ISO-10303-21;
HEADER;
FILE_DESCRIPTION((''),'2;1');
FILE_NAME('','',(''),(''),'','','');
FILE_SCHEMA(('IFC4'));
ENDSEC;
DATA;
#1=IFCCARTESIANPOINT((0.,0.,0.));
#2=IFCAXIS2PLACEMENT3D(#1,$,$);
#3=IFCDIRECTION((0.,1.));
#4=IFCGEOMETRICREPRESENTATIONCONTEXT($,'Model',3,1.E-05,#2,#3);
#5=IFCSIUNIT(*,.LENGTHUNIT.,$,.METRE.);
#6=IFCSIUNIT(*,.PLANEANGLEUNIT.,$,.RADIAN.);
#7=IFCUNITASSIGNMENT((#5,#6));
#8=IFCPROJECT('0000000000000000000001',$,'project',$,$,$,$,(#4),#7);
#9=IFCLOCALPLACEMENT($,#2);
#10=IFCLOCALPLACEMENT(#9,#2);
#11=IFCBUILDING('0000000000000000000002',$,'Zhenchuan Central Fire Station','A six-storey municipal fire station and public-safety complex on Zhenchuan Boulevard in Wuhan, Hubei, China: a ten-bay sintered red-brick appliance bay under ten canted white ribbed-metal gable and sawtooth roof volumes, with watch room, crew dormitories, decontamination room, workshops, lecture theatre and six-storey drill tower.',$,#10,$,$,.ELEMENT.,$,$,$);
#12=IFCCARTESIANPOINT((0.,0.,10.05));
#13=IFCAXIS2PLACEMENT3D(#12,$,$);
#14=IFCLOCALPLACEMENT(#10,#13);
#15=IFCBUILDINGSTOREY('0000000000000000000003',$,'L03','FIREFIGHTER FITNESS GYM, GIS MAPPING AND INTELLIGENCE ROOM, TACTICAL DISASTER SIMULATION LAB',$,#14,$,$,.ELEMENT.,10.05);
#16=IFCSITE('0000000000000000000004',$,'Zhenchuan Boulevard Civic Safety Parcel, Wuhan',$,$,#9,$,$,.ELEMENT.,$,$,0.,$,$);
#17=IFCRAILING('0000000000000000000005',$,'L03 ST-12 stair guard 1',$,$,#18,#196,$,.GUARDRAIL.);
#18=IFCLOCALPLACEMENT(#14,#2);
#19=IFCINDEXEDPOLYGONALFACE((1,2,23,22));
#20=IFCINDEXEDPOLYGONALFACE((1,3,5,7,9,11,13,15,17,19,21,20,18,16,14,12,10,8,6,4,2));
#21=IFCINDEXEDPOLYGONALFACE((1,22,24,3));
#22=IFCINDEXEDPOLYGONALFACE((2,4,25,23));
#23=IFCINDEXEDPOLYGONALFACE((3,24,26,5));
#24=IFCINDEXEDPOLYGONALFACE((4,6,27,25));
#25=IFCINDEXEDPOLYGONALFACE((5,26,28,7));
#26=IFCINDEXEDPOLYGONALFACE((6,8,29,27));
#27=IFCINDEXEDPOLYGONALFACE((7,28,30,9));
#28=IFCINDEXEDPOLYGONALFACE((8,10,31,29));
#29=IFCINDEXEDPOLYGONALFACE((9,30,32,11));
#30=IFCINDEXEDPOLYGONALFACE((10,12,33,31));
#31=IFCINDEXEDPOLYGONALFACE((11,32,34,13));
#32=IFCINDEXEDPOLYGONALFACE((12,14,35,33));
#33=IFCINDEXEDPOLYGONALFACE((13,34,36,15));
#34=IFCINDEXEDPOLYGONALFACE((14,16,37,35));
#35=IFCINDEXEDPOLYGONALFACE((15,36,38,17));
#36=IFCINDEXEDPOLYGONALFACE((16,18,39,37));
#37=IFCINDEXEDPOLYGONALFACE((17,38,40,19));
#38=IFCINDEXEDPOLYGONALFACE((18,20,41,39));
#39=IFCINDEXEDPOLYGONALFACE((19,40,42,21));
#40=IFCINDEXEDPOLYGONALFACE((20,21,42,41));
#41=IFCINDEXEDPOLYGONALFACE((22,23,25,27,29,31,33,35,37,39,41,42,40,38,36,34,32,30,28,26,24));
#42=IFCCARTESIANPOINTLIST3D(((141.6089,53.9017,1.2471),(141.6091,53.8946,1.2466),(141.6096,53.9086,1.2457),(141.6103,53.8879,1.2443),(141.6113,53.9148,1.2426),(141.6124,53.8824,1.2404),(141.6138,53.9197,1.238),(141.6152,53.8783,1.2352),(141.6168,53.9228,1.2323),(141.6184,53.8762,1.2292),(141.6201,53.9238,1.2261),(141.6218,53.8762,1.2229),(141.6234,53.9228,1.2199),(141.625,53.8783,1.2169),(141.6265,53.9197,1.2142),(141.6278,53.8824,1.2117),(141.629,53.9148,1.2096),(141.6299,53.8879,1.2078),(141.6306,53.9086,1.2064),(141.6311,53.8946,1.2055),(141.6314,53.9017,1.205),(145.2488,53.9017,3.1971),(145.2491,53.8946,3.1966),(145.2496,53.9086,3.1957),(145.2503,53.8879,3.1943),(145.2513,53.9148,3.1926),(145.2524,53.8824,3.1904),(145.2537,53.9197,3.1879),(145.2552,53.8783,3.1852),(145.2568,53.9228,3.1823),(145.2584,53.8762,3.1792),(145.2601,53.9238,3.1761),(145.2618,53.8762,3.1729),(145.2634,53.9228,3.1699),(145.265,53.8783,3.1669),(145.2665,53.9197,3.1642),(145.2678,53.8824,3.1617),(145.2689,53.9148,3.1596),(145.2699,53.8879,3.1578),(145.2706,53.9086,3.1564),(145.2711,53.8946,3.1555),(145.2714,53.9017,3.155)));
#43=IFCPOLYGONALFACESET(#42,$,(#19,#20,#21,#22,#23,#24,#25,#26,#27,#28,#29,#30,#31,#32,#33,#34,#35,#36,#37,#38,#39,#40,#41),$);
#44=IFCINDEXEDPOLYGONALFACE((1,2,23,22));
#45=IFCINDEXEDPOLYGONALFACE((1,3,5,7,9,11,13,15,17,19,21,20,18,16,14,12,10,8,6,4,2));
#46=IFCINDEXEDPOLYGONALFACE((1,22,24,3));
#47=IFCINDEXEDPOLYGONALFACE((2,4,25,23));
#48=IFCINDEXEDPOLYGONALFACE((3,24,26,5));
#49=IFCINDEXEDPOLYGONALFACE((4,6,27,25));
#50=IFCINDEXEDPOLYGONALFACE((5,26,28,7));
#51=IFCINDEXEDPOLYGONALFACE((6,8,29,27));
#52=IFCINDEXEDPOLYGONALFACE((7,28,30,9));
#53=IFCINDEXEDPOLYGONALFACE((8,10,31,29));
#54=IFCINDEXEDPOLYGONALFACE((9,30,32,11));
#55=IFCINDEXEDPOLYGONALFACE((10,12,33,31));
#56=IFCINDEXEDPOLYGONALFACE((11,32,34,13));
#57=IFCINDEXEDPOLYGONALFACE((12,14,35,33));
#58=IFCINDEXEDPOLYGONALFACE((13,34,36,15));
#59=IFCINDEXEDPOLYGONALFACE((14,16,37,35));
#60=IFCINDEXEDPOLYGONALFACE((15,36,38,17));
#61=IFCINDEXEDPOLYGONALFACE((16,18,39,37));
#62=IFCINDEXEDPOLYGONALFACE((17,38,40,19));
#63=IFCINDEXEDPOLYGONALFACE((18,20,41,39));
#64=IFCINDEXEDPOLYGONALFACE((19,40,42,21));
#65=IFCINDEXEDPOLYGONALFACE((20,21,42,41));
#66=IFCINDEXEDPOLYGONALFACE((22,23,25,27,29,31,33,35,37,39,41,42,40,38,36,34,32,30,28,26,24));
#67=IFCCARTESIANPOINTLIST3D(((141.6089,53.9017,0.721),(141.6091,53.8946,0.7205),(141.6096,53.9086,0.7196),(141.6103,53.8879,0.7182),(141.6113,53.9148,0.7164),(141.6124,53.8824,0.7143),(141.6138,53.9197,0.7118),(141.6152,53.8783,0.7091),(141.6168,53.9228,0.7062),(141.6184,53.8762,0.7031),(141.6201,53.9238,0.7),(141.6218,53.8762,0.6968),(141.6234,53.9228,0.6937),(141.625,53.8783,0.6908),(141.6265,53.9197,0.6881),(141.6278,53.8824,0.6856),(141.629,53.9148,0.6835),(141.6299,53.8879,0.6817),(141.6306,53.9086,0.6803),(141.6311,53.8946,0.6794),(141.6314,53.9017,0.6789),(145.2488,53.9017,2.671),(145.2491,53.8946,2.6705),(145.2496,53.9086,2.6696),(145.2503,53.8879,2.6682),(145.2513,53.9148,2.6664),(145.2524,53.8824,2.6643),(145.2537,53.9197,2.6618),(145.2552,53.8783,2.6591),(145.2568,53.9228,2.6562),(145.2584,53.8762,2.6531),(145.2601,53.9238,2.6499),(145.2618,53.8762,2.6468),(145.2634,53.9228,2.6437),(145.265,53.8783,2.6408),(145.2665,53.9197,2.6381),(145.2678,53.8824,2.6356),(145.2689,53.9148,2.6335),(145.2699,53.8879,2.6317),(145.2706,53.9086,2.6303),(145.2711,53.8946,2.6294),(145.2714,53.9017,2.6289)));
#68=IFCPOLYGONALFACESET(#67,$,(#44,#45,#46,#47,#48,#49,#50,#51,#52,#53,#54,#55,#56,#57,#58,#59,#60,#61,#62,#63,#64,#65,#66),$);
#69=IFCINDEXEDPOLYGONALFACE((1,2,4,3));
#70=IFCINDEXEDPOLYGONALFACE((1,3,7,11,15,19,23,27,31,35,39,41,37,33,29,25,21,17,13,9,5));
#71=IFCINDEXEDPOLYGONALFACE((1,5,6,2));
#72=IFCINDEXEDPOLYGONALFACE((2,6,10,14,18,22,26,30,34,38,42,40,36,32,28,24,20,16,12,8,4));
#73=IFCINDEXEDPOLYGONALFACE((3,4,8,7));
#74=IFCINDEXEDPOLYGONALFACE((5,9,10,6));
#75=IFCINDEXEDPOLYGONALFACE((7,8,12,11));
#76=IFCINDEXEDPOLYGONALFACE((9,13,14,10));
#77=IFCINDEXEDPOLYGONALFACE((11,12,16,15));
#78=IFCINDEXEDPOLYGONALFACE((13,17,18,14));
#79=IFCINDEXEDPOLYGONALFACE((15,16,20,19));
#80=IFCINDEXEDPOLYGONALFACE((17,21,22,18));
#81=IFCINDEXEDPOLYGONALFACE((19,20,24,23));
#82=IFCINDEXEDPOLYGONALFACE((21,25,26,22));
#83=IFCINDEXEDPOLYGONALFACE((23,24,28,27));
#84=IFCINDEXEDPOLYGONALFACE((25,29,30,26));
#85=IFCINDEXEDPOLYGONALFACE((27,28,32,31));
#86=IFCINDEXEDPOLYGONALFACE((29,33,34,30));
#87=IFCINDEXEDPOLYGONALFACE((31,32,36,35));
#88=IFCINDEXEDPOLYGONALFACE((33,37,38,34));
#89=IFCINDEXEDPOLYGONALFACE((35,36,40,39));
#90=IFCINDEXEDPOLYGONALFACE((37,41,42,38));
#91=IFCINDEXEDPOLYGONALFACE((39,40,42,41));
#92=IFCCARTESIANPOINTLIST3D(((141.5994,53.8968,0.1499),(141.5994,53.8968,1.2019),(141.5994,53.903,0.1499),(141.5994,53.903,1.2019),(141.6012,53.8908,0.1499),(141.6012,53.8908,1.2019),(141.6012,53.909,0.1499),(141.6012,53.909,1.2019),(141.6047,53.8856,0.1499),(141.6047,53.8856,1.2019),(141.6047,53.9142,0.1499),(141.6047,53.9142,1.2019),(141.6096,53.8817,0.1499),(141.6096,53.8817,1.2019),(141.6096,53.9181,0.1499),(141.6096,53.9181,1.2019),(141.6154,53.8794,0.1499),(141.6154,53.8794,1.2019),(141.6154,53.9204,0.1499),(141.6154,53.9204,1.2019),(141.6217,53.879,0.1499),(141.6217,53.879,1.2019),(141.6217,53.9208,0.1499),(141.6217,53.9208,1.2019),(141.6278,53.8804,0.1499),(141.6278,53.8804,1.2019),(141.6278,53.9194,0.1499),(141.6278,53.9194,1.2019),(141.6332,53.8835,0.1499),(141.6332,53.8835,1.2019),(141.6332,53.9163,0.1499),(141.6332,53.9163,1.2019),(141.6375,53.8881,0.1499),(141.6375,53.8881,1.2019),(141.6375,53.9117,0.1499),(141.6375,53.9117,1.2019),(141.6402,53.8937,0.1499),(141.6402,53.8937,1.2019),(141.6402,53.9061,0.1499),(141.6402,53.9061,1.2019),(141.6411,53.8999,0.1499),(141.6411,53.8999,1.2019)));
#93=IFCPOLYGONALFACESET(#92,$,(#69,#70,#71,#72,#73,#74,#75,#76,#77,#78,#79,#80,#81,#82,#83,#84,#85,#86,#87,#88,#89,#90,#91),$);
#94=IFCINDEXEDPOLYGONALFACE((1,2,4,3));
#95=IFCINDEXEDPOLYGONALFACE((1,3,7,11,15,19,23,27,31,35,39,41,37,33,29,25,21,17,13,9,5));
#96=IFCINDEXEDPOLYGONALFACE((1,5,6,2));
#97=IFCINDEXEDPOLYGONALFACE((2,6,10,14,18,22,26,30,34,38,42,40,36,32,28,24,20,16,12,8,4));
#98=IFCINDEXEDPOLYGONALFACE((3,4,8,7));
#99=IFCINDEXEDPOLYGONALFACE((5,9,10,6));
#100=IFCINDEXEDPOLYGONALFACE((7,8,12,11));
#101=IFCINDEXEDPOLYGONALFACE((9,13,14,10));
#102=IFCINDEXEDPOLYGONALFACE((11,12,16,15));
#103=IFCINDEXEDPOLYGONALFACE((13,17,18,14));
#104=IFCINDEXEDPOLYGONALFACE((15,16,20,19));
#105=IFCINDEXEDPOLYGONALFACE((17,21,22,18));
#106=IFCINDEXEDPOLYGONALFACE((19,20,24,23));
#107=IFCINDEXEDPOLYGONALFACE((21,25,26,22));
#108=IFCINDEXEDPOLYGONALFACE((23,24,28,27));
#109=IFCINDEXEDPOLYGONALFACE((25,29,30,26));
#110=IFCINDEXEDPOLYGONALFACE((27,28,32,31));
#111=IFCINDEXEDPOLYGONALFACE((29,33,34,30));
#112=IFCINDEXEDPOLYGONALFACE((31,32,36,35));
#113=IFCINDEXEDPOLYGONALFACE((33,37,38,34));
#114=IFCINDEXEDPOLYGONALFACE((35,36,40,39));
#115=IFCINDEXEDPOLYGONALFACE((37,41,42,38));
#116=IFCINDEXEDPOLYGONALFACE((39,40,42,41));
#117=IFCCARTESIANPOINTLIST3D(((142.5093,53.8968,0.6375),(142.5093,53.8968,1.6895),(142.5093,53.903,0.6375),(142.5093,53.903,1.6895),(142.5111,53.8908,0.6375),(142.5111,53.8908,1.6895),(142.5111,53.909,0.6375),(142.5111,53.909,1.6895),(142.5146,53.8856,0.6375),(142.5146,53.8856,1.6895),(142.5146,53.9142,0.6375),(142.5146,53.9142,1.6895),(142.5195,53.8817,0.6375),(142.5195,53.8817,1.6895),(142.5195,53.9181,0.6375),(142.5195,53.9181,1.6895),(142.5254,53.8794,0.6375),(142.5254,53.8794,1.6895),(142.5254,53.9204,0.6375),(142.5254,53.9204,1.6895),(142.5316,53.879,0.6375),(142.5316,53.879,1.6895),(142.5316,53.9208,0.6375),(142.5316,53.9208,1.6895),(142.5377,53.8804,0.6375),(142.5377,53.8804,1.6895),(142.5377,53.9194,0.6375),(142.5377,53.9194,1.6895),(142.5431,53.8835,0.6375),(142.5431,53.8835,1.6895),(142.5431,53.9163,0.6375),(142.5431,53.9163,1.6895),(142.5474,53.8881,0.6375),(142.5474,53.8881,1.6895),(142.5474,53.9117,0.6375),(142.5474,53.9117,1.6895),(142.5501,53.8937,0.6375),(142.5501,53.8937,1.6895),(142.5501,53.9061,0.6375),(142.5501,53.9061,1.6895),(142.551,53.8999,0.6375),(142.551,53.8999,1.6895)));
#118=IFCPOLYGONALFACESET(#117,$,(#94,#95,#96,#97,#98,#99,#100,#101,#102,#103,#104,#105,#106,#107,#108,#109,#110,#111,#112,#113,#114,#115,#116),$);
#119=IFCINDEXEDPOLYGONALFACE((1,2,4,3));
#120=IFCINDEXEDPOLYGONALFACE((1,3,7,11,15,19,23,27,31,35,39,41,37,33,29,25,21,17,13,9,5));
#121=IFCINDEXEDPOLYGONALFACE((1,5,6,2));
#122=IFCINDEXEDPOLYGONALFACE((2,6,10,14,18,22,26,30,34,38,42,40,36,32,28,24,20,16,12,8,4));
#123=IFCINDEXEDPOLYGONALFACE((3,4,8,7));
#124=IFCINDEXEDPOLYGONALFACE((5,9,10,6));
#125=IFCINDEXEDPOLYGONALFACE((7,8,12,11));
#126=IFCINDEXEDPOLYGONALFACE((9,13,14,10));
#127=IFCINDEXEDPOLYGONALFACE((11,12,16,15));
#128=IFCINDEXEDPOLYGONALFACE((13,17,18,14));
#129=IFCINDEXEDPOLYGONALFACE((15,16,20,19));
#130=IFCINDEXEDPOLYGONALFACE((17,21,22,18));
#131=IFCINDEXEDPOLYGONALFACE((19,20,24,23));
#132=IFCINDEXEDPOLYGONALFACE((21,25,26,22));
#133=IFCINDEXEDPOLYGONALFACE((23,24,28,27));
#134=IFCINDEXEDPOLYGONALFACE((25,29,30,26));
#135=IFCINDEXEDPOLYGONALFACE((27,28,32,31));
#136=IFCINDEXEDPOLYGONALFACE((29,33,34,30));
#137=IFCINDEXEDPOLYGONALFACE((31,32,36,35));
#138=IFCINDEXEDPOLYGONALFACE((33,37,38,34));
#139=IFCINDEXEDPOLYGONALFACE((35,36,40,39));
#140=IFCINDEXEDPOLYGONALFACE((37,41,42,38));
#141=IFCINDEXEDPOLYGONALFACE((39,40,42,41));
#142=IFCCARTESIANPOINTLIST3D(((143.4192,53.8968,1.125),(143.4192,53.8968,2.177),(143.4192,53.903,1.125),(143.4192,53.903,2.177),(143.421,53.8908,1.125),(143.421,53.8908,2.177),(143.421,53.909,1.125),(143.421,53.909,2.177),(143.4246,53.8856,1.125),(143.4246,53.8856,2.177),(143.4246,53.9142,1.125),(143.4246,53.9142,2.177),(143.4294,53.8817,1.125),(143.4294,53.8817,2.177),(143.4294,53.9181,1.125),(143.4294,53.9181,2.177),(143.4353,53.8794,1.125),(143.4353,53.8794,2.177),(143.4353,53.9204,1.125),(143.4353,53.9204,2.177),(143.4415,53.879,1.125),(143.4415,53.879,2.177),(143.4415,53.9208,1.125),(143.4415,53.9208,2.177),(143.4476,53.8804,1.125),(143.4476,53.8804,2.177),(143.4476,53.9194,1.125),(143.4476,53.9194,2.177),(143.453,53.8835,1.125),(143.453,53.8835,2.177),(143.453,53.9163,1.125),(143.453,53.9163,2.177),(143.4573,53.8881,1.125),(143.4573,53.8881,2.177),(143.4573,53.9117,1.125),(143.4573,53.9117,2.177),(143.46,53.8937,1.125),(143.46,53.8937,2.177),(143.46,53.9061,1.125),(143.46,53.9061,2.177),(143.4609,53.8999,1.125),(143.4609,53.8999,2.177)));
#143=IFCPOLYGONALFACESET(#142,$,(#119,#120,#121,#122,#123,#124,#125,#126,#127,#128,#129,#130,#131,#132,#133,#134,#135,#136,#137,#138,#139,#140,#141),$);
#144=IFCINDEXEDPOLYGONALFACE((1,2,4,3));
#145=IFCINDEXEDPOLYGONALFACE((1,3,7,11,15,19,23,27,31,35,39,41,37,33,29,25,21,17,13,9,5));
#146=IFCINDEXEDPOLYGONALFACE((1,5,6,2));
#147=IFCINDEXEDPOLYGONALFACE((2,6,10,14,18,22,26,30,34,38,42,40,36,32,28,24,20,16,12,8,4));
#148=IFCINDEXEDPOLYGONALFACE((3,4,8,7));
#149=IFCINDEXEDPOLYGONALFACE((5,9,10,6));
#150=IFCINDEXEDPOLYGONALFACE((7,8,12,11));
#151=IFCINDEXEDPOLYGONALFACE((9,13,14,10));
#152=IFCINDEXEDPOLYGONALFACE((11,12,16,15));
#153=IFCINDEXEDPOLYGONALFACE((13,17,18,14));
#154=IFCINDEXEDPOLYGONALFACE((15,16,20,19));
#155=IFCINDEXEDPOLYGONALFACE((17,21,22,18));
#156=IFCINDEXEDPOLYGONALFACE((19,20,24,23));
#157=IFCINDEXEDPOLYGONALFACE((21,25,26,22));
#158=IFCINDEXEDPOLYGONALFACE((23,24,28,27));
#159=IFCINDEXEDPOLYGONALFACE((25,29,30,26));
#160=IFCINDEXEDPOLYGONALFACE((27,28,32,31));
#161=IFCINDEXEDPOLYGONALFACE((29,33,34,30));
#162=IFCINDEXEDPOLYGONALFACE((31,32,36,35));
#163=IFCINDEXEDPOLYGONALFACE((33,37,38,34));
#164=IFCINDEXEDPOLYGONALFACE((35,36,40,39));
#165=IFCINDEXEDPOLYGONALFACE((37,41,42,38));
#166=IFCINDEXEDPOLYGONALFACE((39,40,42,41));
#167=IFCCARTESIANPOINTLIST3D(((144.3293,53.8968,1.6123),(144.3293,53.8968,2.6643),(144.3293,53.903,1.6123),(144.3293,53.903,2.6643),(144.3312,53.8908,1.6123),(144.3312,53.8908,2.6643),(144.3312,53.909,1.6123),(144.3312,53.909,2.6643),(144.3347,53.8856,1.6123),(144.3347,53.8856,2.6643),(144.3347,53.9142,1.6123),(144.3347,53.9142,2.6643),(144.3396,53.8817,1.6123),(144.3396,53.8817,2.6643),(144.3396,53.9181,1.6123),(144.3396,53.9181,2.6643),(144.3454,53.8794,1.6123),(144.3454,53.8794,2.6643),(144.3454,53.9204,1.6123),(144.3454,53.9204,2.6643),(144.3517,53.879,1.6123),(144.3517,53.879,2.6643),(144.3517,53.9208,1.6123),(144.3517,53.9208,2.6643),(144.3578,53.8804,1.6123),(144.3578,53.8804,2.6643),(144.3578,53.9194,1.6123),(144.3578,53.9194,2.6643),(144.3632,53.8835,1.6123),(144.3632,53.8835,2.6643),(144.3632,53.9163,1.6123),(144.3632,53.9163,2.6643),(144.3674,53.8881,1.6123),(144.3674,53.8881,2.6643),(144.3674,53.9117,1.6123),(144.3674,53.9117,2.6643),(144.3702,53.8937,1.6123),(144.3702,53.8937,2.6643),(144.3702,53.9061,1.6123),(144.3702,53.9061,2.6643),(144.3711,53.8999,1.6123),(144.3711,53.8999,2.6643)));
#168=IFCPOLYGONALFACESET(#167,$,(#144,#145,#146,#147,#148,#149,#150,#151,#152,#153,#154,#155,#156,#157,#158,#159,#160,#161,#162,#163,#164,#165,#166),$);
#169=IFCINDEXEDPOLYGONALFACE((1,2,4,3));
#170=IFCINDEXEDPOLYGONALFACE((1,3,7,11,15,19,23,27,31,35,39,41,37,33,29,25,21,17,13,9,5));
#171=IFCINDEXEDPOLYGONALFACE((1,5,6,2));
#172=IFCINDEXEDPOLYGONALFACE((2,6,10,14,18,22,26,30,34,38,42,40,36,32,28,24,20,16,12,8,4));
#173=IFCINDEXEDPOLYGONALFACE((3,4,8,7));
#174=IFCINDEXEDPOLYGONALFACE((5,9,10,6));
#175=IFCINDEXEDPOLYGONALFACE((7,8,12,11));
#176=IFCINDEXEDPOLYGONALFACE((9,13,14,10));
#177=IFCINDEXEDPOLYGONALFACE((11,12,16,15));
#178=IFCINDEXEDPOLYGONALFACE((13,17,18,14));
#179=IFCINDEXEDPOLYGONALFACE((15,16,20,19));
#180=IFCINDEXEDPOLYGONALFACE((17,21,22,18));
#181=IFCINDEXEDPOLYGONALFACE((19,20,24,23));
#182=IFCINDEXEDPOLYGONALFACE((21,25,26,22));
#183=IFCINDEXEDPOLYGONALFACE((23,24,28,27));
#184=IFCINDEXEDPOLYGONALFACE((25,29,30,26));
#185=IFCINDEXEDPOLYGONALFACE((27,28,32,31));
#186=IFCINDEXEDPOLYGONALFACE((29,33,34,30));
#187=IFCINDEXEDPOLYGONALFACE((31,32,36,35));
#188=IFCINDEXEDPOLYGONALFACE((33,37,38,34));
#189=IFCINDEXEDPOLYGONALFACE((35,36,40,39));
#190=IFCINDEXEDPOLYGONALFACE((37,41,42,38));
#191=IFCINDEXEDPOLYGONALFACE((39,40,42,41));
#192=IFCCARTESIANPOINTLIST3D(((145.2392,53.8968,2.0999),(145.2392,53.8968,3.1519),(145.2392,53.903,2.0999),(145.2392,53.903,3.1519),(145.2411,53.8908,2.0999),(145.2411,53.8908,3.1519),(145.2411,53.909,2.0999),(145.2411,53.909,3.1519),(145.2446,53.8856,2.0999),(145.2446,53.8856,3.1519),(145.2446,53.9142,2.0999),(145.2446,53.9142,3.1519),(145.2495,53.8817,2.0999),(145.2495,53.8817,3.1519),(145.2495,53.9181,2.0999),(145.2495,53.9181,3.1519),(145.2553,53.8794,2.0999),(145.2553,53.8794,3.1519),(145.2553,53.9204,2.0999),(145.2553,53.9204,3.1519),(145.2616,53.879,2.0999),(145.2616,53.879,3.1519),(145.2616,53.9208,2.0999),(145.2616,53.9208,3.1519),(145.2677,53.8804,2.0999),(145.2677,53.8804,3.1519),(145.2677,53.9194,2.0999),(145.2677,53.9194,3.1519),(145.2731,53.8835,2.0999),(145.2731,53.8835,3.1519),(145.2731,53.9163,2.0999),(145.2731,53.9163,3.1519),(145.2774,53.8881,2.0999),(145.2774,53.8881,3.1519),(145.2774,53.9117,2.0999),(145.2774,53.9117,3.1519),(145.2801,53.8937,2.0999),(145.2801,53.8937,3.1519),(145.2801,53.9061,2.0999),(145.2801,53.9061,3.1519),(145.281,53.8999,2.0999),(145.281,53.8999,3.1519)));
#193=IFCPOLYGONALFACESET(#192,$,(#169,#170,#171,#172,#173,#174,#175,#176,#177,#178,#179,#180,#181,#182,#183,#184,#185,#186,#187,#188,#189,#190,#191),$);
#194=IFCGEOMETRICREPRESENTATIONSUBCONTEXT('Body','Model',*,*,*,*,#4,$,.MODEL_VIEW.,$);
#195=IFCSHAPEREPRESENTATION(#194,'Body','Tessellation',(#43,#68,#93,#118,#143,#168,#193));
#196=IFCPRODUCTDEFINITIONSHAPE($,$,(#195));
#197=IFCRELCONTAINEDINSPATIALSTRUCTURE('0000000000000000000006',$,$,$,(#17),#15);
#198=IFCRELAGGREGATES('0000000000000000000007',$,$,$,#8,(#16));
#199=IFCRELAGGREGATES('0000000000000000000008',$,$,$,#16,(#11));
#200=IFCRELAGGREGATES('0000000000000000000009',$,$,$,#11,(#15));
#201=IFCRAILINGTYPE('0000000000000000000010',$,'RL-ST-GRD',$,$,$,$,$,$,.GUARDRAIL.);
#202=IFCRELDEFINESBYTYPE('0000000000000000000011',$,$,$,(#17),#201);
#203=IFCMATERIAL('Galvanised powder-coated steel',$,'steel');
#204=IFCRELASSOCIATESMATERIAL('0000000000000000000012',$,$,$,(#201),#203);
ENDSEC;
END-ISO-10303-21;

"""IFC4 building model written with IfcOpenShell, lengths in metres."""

from ifc_helpers import new_model, si_unit, direction, frame, origin, origin_2d, place, context, subcontext, project, spatial, circle, extrude, material, type_object, element, save


model = new_model("IFC4")

# Units and contexts
model_context = context("Model", 3, precision=1e-05, world=origin(), true_north=direction((0.0, 1.0)))
body_context = subcontext(model_context, "Body", "Model", "MODEL_VIEW")
ifc_project = project(units=[si_unit("LENGTHUNIT", "METRE"), si_unit("PLANEANGLEUNIT", "RADIAN")], contexts=[model_context])

# Site, building, storey
site_placement = place(None, origin())
site = spatial("IfcSite", under=ifc_project, at=site_placement, Name="Zhenchuan Boulevard Civic Safety Parcel, Wuhan", CompositionType="ELEMENT", RefElevation=0.0)
building_placement = place(site_placement, origin())
building = spatial("IfcBuilding", under=site, at=building_placement, Name="Zhenchuan Central Fire Station", Description="A six-storey municipal fire station and public-safety complex on Zhenchuan Boulevard in Wuhan, Hubei, China: a ten-bay sintered red-brick appliance bay under ten canted white ribbed-metal gable and sawtooth roof volumes, with watch room, crew dormitories, decontamination room, workshops, lecture theatre and six-storey drill tower.", CompositionType="ELEMENT")
storey_placement = place(building_placement, frame((0.0, 0.0, 10.05)))
storey = spatial("IfcBuildingStorey", under=building, at=storey_placement, Name="L03", Description="FIREFIGHTER FITNESS GYM, GIS MAPPING AND INTELLIGENCE ROOM, TACTICAL DISASTER SIMULATION LAB", CompositionType="ELEMENT", Elevation=10.05)

# Railing
ifc_material_1 = material(Name="Galvanised powder-coated steel", Category="steel")
railing_type_1 = type_object("IfcRailingType", Name="RL-ST-GRD", PredefinedType="GUARDRAIL", material=ifc_material_1)
railing_1_placement = place(storey_placement, frame((141.6201, 53.8999, 0.1499)))
element("IfcRailing", 1, at=railing_1_placement, inside=storey, type_object=railing_type_1, Name="L03 ST-12 stair guard 1", PredefinedType="GUARDRAIL", context=body_context, shape_type="SweptSolid", body=[
    extrude(circle(Radius=0.0239, at=origin_2d()), frame((0.0, 0.0, 1.0762), z_axis=(0.881479, 0.0, 0.472223), x_axis=(0.0, 1.0, 0.0)), (0.0, 0.0, 1.0), 4.1294),
    extrude(circle(Radius=0.0239, at=origin_2d()), frame((0.0, 0.0, 0.55), z_axis=(0.881479, 0.0, 0.472223), x_axis=(0.0, 1.0, 0.0)), (0.0, 0.0, 1.0), 4.1294),
    extrude(circle(Radius=0.021, at=origin_2d()), origin(), (0.0, 0.0, 1.0), 1.052),
    extrude(circle(Radius=0.021, at=origin_2d()), frame((0.9099, 0.0, 0.4875)), (0.0, 0.0, 1.0), 1.052),
    extrude(circle(Radius=0.021, at=origin_2d()), frame((1.8198, 0.0, 0.9751)), (0.0, 0.0, 1.0), 1.052),
    extrude(circle(Radius=0.021, at=origin_2d()), frame((2.73, 0.0, 1.4624)), (0.0, 0.0, 1.0), 1.052),
    extrude(circle(Radius=0.021, at=origin_2d()), frame((3.6399, 0.0, 1.95)), (0.0, 0.0, 1.0), 1.052),
])

save(model, "model.ifc")
